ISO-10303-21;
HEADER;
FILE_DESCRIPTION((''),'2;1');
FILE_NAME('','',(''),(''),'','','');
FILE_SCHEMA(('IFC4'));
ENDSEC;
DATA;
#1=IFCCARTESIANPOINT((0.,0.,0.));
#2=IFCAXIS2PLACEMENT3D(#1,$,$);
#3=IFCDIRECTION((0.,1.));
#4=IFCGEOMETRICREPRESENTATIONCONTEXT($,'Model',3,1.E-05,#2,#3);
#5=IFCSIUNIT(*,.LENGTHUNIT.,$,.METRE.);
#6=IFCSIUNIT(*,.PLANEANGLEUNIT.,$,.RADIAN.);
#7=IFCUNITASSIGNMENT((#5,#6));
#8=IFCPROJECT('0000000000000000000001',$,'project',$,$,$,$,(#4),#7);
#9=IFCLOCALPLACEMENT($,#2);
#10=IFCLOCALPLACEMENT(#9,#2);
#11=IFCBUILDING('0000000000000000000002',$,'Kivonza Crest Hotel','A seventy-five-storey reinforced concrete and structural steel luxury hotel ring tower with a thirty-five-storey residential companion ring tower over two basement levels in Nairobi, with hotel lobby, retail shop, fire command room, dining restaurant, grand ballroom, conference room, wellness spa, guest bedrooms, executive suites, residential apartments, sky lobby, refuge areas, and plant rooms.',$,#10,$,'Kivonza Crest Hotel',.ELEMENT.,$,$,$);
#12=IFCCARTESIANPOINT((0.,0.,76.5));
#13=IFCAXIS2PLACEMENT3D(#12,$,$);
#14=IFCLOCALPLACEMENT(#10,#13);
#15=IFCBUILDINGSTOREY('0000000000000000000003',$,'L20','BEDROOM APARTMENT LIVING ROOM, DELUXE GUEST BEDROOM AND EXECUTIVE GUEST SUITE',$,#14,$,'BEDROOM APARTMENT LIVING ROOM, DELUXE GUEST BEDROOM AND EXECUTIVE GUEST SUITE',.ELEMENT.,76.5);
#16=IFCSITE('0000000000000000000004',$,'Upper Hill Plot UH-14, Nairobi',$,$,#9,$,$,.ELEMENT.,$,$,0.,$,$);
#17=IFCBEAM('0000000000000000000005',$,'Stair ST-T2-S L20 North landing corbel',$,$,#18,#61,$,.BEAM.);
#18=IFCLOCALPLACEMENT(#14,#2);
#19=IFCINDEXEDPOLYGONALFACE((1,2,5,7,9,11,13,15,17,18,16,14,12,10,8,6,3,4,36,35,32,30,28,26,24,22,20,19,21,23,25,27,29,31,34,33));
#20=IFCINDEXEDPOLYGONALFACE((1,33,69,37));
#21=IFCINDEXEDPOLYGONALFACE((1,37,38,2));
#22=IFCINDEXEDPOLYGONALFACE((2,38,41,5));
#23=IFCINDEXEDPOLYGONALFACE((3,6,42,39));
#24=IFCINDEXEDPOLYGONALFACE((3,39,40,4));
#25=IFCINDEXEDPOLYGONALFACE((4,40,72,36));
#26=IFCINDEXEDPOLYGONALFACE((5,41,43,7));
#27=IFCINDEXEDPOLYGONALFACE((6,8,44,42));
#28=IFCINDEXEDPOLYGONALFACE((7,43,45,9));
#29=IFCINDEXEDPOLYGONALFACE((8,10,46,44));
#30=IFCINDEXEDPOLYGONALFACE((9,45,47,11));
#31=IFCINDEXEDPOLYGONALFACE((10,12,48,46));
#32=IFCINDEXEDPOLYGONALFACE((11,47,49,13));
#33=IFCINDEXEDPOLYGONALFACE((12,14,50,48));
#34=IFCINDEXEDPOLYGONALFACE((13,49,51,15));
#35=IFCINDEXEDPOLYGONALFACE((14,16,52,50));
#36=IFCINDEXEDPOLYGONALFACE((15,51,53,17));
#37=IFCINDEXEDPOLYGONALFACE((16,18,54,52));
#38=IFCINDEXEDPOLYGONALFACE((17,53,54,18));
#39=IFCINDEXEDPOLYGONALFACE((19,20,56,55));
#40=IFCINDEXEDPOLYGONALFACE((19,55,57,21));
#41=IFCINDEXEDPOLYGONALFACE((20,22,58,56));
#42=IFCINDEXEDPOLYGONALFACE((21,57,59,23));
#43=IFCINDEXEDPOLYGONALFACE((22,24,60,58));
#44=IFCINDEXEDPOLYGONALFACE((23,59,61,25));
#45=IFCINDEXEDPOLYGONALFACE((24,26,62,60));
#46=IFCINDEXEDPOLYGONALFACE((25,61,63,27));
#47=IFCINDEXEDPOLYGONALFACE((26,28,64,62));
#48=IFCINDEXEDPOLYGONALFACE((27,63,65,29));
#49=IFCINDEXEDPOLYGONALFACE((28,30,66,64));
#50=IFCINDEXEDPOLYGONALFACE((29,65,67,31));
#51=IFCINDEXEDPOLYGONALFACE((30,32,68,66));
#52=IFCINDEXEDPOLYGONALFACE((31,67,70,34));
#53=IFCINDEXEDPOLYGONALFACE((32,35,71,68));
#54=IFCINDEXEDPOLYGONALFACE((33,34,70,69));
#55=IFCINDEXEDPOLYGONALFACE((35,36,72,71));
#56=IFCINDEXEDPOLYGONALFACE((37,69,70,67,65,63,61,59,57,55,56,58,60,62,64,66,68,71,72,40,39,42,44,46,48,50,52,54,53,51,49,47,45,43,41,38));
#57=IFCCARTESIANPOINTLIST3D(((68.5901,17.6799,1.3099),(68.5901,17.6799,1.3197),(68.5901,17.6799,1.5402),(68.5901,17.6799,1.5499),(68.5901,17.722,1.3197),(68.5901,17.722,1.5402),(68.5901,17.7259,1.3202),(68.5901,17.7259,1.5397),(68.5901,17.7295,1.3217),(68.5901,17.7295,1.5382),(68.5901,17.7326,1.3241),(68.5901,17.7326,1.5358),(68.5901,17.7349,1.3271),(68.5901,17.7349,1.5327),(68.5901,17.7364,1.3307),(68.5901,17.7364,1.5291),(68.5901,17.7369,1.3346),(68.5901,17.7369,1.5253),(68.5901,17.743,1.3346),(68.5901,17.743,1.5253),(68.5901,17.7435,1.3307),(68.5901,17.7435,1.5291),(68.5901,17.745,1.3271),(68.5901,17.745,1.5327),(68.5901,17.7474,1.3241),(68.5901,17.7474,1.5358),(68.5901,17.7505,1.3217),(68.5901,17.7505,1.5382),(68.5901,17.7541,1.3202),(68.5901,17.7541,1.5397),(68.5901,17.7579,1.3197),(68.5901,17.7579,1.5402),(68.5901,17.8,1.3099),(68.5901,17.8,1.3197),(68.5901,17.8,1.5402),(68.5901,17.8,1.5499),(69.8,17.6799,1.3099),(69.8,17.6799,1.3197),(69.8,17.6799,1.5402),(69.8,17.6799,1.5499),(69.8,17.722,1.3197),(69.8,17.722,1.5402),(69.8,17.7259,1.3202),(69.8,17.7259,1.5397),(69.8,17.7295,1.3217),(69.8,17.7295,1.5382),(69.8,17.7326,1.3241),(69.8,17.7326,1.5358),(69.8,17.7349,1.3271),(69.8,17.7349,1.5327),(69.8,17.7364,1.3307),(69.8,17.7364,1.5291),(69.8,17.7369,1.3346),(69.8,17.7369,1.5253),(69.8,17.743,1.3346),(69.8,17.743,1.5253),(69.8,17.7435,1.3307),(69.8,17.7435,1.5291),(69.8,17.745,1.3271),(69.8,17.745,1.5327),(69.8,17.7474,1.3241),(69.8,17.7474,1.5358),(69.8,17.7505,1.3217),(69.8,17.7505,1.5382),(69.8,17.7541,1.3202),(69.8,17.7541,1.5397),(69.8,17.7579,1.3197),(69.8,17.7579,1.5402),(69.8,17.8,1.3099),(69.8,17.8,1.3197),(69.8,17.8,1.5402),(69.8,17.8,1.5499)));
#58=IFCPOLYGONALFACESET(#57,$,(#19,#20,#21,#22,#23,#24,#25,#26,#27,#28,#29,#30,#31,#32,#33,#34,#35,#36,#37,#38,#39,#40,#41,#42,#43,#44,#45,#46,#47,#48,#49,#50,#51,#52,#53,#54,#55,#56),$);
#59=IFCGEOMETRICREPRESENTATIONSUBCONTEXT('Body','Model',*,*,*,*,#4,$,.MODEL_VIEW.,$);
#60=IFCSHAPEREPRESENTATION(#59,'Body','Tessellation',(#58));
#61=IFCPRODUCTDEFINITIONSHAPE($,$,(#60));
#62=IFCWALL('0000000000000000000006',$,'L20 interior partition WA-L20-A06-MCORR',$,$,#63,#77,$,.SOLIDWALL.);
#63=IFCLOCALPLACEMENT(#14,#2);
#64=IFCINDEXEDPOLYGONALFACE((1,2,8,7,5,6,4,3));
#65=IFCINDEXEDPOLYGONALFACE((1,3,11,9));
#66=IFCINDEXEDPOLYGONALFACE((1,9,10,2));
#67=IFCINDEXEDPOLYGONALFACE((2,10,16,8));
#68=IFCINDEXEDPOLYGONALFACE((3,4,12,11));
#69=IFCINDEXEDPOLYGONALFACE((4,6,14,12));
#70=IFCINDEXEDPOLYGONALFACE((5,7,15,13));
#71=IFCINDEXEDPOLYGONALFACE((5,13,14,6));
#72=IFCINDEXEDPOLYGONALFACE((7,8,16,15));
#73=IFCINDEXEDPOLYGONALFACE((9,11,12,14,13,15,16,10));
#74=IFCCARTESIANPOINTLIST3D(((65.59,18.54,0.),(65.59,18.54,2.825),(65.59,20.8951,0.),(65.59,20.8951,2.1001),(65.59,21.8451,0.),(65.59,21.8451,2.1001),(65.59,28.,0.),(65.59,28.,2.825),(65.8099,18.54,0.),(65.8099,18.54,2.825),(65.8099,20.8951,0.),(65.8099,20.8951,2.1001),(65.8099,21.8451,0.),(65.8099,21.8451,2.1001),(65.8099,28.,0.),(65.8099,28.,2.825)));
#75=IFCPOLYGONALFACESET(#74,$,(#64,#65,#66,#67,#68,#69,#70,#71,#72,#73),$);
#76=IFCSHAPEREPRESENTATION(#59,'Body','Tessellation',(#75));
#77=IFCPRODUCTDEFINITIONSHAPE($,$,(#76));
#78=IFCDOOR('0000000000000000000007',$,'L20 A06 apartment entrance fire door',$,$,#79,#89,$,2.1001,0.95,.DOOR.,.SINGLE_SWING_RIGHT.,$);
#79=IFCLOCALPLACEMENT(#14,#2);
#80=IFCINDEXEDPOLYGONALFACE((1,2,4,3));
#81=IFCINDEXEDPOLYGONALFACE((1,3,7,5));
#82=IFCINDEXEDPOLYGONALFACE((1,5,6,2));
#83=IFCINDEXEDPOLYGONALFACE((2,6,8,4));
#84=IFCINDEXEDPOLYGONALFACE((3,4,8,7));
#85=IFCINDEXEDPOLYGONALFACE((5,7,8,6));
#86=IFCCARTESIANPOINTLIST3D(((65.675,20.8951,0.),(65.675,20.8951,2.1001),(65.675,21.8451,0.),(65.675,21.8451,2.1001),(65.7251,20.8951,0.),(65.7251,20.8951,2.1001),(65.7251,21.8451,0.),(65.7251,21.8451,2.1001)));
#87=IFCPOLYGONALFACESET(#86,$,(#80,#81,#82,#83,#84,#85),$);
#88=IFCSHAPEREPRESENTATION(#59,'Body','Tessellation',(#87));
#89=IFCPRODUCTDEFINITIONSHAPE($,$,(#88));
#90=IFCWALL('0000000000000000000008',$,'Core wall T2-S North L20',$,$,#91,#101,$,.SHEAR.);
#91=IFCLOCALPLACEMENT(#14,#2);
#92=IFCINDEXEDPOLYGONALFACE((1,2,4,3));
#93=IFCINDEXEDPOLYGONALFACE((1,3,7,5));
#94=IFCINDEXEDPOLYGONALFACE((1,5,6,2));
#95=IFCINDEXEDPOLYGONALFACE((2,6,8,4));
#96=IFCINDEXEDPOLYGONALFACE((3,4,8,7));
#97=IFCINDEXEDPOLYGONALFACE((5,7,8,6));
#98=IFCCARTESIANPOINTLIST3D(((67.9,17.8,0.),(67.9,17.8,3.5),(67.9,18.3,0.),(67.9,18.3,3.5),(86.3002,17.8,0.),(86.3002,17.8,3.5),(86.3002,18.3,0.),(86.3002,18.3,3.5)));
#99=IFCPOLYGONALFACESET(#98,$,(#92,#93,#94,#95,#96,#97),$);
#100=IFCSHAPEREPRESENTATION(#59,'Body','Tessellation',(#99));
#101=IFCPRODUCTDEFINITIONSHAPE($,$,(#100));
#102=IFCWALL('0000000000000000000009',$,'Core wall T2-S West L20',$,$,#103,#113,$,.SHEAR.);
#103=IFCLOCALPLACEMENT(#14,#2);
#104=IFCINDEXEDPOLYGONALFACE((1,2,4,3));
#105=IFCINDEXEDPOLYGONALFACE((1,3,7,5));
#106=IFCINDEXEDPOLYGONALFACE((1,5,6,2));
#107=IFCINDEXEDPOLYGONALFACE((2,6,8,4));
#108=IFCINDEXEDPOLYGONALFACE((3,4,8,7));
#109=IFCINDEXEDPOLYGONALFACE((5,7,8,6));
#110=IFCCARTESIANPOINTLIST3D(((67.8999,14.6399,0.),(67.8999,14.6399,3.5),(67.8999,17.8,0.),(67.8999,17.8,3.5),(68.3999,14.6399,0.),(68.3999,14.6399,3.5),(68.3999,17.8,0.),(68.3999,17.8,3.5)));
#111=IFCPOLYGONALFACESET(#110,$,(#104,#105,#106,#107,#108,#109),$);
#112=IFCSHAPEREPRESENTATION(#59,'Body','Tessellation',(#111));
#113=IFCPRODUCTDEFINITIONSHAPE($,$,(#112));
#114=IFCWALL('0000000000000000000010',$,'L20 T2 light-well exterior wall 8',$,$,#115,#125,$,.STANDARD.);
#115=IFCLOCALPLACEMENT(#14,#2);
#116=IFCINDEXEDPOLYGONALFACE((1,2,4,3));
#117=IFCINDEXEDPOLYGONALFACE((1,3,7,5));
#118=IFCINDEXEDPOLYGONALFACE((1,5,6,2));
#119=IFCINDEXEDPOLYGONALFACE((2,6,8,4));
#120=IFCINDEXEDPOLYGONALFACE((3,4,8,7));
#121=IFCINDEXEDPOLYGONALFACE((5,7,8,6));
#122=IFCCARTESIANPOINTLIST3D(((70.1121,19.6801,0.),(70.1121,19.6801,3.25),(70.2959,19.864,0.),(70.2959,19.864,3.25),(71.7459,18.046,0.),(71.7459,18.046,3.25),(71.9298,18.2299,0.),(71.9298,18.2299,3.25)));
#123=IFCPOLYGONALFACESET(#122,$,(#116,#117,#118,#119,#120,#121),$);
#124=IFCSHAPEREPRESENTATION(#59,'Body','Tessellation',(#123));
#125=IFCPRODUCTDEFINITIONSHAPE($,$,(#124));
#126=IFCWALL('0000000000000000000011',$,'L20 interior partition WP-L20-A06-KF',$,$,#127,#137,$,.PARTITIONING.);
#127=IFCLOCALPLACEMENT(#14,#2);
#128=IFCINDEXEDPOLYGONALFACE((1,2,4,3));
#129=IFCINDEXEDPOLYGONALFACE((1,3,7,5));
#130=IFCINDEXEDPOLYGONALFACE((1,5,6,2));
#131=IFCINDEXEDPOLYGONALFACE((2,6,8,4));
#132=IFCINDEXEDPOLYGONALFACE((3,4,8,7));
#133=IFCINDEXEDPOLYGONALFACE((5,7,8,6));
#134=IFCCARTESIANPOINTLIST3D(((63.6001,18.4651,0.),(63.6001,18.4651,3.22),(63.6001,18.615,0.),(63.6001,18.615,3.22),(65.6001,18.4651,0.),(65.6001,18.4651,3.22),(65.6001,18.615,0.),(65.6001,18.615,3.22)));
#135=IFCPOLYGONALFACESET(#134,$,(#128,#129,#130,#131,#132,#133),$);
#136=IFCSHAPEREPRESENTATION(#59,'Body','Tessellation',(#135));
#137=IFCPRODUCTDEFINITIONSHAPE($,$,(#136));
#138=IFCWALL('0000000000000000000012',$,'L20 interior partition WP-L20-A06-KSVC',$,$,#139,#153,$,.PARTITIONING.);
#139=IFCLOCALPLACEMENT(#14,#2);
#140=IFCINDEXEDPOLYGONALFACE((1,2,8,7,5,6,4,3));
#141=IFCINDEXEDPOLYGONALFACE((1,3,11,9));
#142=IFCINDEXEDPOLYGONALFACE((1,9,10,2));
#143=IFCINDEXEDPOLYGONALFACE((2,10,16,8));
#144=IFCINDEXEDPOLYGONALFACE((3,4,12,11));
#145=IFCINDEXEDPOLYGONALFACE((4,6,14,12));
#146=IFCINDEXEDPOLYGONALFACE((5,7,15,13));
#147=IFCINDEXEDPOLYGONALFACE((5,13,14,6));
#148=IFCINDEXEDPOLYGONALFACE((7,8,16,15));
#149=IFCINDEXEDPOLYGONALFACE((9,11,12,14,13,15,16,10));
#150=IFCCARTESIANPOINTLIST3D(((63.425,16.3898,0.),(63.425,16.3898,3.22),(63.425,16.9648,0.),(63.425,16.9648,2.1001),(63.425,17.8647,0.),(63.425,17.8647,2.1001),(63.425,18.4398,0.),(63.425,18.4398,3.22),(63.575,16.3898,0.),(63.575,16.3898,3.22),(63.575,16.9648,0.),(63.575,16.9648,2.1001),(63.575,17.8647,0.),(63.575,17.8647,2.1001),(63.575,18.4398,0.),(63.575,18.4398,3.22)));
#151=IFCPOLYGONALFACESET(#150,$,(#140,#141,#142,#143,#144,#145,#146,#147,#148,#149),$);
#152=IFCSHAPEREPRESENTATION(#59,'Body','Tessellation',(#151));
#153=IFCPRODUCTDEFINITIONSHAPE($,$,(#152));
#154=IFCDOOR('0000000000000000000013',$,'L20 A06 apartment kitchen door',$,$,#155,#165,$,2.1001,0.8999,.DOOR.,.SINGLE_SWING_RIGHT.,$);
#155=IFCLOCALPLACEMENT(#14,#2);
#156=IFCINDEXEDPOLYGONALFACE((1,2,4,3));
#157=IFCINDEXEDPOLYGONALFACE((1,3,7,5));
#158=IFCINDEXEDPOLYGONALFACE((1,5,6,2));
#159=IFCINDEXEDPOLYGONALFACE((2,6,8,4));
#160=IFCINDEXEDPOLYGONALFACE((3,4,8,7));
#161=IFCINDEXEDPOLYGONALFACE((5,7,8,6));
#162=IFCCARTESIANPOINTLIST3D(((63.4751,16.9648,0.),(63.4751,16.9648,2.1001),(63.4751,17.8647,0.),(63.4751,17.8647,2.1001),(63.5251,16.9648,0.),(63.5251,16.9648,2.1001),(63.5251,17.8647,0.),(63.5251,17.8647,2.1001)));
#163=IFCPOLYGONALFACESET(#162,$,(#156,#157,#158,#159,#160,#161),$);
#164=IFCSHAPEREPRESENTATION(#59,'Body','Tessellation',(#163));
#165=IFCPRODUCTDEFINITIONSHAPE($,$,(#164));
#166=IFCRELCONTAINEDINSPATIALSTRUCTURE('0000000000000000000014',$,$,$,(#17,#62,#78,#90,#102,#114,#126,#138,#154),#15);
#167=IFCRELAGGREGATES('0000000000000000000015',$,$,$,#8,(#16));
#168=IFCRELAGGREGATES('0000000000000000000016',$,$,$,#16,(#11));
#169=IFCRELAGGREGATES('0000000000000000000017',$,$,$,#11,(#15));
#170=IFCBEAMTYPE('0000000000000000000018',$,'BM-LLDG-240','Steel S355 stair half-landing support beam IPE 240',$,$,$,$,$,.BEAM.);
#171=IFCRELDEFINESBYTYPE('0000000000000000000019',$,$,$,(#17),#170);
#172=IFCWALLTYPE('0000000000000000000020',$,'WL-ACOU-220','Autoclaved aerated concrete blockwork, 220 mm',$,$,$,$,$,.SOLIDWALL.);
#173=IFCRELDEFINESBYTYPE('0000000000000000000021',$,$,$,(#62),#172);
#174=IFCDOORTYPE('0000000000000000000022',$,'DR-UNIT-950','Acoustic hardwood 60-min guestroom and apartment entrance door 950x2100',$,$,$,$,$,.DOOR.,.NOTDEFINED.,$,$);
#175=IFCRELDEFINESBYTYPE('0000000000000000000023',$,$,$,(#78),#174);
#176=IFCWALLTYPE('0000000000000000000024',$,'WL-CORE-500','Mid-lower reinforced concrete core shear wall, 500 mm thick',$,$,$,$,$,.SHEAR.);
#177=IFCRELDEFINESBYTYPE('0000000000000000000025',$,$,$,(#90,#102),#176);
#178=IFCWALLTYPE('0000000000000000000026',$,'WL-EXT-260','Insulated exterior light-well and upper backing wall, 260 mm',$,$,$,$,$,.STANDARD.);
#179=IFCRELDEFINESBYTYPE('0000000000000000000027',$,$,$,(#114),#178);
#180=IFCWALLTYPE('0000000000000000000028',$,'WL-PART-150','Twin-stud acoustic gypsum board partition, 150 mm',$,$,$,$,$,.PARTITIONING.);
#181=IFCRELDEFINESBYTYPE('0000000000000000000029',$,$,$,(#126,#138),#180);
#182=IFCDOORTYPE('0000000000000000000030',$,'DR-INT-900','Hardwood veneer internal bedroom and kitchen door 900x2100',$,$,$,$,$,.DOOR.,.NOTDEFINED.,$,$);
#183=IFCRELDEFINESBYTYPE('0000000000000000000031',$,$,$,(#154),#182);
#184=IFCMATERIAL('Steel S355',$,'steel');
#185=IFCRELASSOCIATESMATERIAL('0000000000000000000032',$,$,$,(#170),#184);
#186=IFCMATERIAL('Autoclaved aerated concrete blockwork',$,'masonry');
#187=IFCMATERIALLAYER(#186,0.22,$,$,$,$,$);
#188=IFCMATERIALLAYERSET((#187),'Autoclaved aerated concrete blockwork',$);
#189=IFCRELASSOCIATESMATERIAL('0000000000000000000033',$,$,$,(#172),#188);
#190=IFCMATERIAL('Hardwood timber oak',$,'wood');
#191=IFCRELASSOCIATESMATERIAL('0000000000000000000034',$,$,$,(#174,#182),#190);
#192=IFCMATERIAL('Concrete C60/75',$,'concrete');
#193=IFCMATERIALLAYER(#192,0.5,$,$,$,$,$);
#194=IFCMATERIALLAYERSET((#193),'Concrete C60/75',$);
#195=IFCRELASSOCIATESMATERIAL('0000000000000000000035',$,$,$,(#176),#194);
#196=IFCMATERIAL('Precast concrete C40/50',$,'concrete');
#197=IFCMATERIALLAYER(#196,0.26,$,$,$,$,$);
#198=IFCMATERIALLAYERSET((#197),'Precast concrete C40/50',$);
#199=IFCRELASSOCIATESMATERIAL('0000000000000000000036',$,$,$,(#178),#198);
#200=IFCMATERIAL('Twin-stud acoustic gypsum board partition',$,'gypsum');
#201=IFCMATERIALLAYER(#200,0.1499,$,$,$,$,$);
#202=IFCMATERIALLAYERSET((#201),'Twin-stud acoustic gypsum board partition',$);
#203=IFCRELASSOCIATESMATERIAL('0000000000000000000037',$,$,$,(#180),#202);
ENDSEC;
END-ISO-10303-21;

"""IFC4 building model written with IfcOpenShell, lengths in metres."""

from ifc_helpers import new_model, si_unit, direction, frame, frame_2d, origin, origin_2d, place, context, subcontext, project, spatial, rectangle, i_section, extrude, material, layer, layer_set, material_profile, profile_set, type_object, element, fill, save


model = new_model("IFC4")

# Units and contexts
model_context = context("Model", 3, precision=1e-05, world=origin(), true_north=direction((0.0, 1.0)))
body_context = subcontext(model_context, "Body", "Model", "MODEL_VIEW")
ifc_project = project(units=[si_unit("LENGTHUNIT", "METRE"), si_unit("PLANEANGLEUNIT", "RADIAN")], contexts=[model_context])

# Site, building, storey
site_placement = place(None, origin())
site = spatial("IfcSite", under=ifc_project, at=site_placement, Name="Upper Hill Plot UH-14, Nairobi", CompositionType="ELEMENT", RefElevation=0.0)
building_placement = place(site_placement, origin())
building = spatial("IfcBuilding", under=site, at=building_placement, Name="Kivonza Crest Hotel", Description="A seventy-five-storey reinforced concrete and structural steel luxury hotel ring tower with a thirty-five-storey residential companion ring tower over two basement levels in Nairobi, with hotel lobby, retail shop, fire command room, dining restaurant, grand ballroom, conference room, wellness spa, guest bedrooms, executive suites, residential apartments, sky lobby, refuge areas, and plant rooms.", LongName="Kivonza Crest Hotel", CompositionType="ELEMENT")
storey_placement = place(building_placement, frame((0.0, 0.0, 76.5)))
storey = spatial("IfcBuildingStorey", under=building, at=storey_placement, Name="L20", Description="BEDROOM APARTMENT LIVING ROOM, DELUXE GUEST BEDROOM AND EXECUTIVE GUEST SUITE", LongName="BEDROOM APARTMENT LIVING ROOM, DELUXE GUEST BEDROOM AND EXECUTIVE GUEST SUITE", CompositionType="ELEMENT", Elevation=76.5)

# Beam
ifc_material_1 = material(Name="Steel S355", Category="steel")
ifc_material_profile_1 = material_profile(ifc_material_1, i_section(OverallWidth=0.1201, OverallDepth=0.24, WebThickness=0.0061, FlangeThickness=0.0098, FilletRadius=0.0149, at=origin_2d()), Name="IPE 240")
ifc_profile_set_1 = profile_set([ifc_material_profile_1], Name="Steel S355")
beam_type_1 = type_object("IfcBeamType", Name="BM-LLDG-240", Description="Steel S355 stair half-landing support beam IPE 240", PredefinedType="BEAM", material=ifc_profile_set_1)
for number, where, z_axis, x_axis, name in (
    (1, (68.5901, 17.74, 1.4299), (1.0, 0.0, 0.0), (0.0, 1.0, 0.0), "Stair ST-T2-S L20 North landing corbel"),
):
    element("IfcBeam", number, at=place(storey_placement, frame(where, z_axis=z_axis, x_axis=x_axis)), inside=storey, type_object=beam_type_1, Name=name, PredefinedType="BEAM", context=body_context, shape_type="SweptSolid", body=[
        extrude(i_section(OverallWidth=0.1201, OverallDepth=0.24, WebThickness=0.0061, FlangeThickness=0.0098, FilletRadius=0.0149, at=origin_2d()), origin(), (0.0, 0.0, 1.0), 1.21),
    ])

# Wall, opening, door
ifc_material_2 = material(Name="Autoclaved aerated concrete blockwork", Category="masonry")
ifc_layer_1 = layer(ifc_material_2, 0.22)
ifc_layer_set_1 = layer_set([ifc_layer_1], Name="Autoclaved aerated concrete blockwork")
wall_type_1 = type_object("IfcWallType", Name="WL-ACOU-220", Description="Autoclaved aerated concrete blockwork, 220 mm", PredefinedType="SOLIDWALL", material=ifc_layer_set_1)
wall_1_placement = place(storey_placement, frame((65.7, 18.54, 0.0), z_axis=(0.0, 0.0, 1.0), x_axis=(0.0, 1.0, 0.0)))
wall_1 = element("IfcWall", 2, at=wall_1_placement, inside=storey, type_object=wall_type_1, Name="L20 interior partition WA-L20-A06-MCORR", PredefinedType="SOLIDWALL", context=body_context, shape_type="SweptSolid", body=[
    extrude(rectangle(XDim=9.46, YDim=0.22, at=frame_2d((4.73, 0.0))), origin(), (0.0, 0.0, 1.0), 2.825),
])
opening_1_placement = place(wall_1_placement, frame((2.355, 0.0, 0.0)))
opening_1 = element("IfcOpeningElement", 3, at=opening_1_placement, cuts=wall_1, PredefinedType="OPENING", context=body_context, shape_type="SweptSolid", body=[
    extrude(rectangle(XDim=0.95, YDim=2.1001, at=frame_2d((0.4751, 1.05))), frame((0.0, 0.1201, 0.0), z_axis=(0.0, -1.0, 0.0), x_axis=(1.0, 0.0, 0.0)), (0.0, 0.0, 1.0), 0.24),
])
ifc_material_3 = material(Name="Hardwood timber oak", Category="wood")
door_type_1 = type_object("IfcDoorType", Name="DR-UNIT-950", Description="Acoustic hardwood 60-min guestroom and apartment entrance door 950x2100", OperationType="NOTDEFINED", PredefinedType="DOOR", material=ifc_material_3)
door_1_placement = place(opening_1_placement, origin())
door_1 = element("IfcDoor", 4, at=door_1_placement, inside=storey, type_object=door_type_1, Name="L20 A06 apartment entrance fire door", OperationType="SINGLE_SWING_RIGHT", OverallHeight=2.1001, OverallWidth=0.95, PredefinedType="DOOR", context=body_context, shape_type="SweptSolid", body=[
    extrude(rectangle(XDim=0.95, YDim=2.1001, at=frame_2d((0.4751, 1.05))), frame((0.0, 0.0249, 0.0), z_axis=(0.0, -1.0, 0.0), x_axis=(1.0, 0.0, 0.0)), (0.0, 0.0, 1.0), 0.05),
])
fill(opening_1, door_1)

# Shared definitions
ifc_material_4 = material(Name="Concrete C60/75", Category="concrete")
ifc_layer_2 = layer(ifc_material_4, 0.5)
ifc_layer_set_2 = layer_set([ifc_layer_2], Name="Concrete C60/75")
wall_type_2 = type_object("IfcWallType", Name="WL-CORE-500", Description="Mid-lower reinforced concrete core shear wall, 500 mm thick", PredefinedType="SHEAR", material=ifc_layer_set_2)

# Walls
wall_2_placement = place(storey_placement, frame((67.8999, 18.05, 0.0), z_axis=(0.0, 0.0, 1.0), x_axis=(1.0, 0.0, 0.0)))
element("IfcWall", 5, at=wall_2_placement, inside=storey, type_object=wall_type_2, Name="Core wall T2-S North L20", PredefinedType="SHEAR", context=body_context, shape_type="SweptSolid", body=[
    extrude(rectangle(XDim=18.4001, YDim=0.5, at=frame_2d((9.2002, 0.0))), origin(), (0.0, 0.0, 1.0), 3.5),
])
wall_3_placement = place(storey_placement, frame((68.1499, 14.6399, 0.0), z_axis=(0.0, 0.0, 1.0), x_axis=(0.0, 1.0, 0.0)))
element("IfcWall", 6, at=wall_3_placement, inside=storey, type_object=wall_type_2, Name="Core wall T2-S West L20", PredefinedType="SHEAR", context=body_context, shape_type="SweptSolid", body=[
    extrude(rectangle(XDim=3.1602, YDim=0.5, at=frame_2d((1.5801, 0.0))), origin(), (0.0, 0.0, 1.0), 3.5),
])
ifc_material_5 = material(Name="Precast concrete C40/50", Category="concrete")
ifc_layer_3 = layer(ifc_material_5, 0.26)
ifc_layer_set_3 = layer_set([ifc_layer_3], Name="Precast concrete C40/50")
wall_type_3 = type_object("IfcWallType", Name="WL-EXT-260", Description="Insulated exterior light-well and upper backing wall, 260 mm", PredefinedType="STANDARD", material=ifc_layer_set_3)
wall_4_placement = place(storey_placement, frame((70.2041, 19.772, 0.0), z_axis=(0.0, 0.0, 1.0), x_axis=(0.707054, -0.70716, 0.0)))
element("IfcWall", 7, at=wall_4_placement, inside=storey, type_object=wall_type_3, Name="L20 T2 light-well exterior wall 8", PredefinedType="STANDARD", context=body_context, shape_type="SweptSolid", body=[
    extrude(rectangle(XDim=2.3108, YDim=0.26, at=frame_2d((1.1553, 0.0))), origin(), (0.0, 0.0, 1.0), 3.25),
])
ifc_material_6 = material(Name="Twin-stud acoustic gypsum board partition", Category="gypsum")
ifc_layer_4 = layer(ifc_material_6, 0.1499)
ifc_layer_set_4 = layer_set([ifc_layer_4], Name="Twin-stud acoustic gypsum board partition")
wall_type_4 = type_object("IfcWallType", Name="WL-PART-150", Description="Twin-stud acoustic gypsum board partition, 150 mm", PredefinedType="PARTITIONING", material=ifc_layer_set_4)
wall_5_placement = place(storey_placement, frame((63.6001, 18.54, 0.0), z_axis=(0.0, 0.0, 1.0), x_axis=(1.0, 0.0, 0.0)))
element("IfcWall", 8, at=wall_5_placement, inside=storey, type_object=wall_type_4, Name="L20 interior partition WP-L20-A06-KF", PredefinedType="PARTITIONING", context=body_context, shape_type="SweptSolid", body=[
    extrude(rectangle(XDim=2.0, YDim=0.1499, at=frame_2d((1.0, 0.0))), origin(), (0.0, 0.0, 1.0), 3.22),
])

# Wall, opening, door
wall_6_placement = place(storey_placement, frame((63.5, 16.3899, 0.0), z_axis=(0.0, 0.0, 1.0), x_axis=(0.0, 1.0, 0.0)))
wall_6 = element("IfcWall", 9, at=wall_6_placement, inside=storey, type_object=wall_type_4, Name="L20 interior partition WP-L20-A06-KSVC", PredefinedType="PARTITIONING", context=body_context, shape_type="SweptSolid", body=[
    extrude(rectangle(XDim=2.05, YDim=0.1499, at=frame_2d((1.0249, 0.0))), origin(), (0.0, 0.0, 1.0), 3.22),
])
opening_2_placement = place(wall_6_placement, frame((0.575, 0.0, 0.0)))
opening_2 = element("IfcOpeningElement", 10, at=opening_2_placement, cuts=wall_6, PredefinedType="OPENING", context=body_context, shape_type="SweptSolid", body=[
    extrude(rectangle(XDim=0.8999, YDim=2.1001, at=frame_2d((0.45, 1.05))), frame((0.0, 0.085, 0.0), z_axis=(0.0, -1.0, 0.0), x_axis=(1.0, 0.0, 0.0)), (0.0, 0.0, 1.0), 0.1699),
])
door_type_2 = type_object("IfcDoorType", Name="DR-INT-900", Description="Hardwood veneer internal bedroom and kitchen door 900x2100", OperationType="NOTDEFINED", PredefinedType="DOOR", material=ifc_material_3)
door_2_placement = place(opening_2_placement, origin())
door_2 = element("IfcDoor", 11, at=door_2_placement, inside=storey, type_object=door_type_2, Name="L20 A06 apartment kitchen door", OperationType="SINGLE_SWING_RIGHT", OverallHeight=2.1001, OverallWidth=0.8999, PredefinedType="DOOR", context=body_context, shape_type="SweptSolid", body=[
    extrude(rectangle(XDim=0.8999, YDim=2.1001, at=frame_2d((0.45, 1.05))), frame((0.0, 0.0249, 0.0), z_axis=(0.0, -1.0, 0.0), x_axis=(1.0, 0.0, 0.0)), (0.0, 0.0, 1.0), 0.05),
])
fill(opening_2, door_2)

save(model, "model.ifc")
